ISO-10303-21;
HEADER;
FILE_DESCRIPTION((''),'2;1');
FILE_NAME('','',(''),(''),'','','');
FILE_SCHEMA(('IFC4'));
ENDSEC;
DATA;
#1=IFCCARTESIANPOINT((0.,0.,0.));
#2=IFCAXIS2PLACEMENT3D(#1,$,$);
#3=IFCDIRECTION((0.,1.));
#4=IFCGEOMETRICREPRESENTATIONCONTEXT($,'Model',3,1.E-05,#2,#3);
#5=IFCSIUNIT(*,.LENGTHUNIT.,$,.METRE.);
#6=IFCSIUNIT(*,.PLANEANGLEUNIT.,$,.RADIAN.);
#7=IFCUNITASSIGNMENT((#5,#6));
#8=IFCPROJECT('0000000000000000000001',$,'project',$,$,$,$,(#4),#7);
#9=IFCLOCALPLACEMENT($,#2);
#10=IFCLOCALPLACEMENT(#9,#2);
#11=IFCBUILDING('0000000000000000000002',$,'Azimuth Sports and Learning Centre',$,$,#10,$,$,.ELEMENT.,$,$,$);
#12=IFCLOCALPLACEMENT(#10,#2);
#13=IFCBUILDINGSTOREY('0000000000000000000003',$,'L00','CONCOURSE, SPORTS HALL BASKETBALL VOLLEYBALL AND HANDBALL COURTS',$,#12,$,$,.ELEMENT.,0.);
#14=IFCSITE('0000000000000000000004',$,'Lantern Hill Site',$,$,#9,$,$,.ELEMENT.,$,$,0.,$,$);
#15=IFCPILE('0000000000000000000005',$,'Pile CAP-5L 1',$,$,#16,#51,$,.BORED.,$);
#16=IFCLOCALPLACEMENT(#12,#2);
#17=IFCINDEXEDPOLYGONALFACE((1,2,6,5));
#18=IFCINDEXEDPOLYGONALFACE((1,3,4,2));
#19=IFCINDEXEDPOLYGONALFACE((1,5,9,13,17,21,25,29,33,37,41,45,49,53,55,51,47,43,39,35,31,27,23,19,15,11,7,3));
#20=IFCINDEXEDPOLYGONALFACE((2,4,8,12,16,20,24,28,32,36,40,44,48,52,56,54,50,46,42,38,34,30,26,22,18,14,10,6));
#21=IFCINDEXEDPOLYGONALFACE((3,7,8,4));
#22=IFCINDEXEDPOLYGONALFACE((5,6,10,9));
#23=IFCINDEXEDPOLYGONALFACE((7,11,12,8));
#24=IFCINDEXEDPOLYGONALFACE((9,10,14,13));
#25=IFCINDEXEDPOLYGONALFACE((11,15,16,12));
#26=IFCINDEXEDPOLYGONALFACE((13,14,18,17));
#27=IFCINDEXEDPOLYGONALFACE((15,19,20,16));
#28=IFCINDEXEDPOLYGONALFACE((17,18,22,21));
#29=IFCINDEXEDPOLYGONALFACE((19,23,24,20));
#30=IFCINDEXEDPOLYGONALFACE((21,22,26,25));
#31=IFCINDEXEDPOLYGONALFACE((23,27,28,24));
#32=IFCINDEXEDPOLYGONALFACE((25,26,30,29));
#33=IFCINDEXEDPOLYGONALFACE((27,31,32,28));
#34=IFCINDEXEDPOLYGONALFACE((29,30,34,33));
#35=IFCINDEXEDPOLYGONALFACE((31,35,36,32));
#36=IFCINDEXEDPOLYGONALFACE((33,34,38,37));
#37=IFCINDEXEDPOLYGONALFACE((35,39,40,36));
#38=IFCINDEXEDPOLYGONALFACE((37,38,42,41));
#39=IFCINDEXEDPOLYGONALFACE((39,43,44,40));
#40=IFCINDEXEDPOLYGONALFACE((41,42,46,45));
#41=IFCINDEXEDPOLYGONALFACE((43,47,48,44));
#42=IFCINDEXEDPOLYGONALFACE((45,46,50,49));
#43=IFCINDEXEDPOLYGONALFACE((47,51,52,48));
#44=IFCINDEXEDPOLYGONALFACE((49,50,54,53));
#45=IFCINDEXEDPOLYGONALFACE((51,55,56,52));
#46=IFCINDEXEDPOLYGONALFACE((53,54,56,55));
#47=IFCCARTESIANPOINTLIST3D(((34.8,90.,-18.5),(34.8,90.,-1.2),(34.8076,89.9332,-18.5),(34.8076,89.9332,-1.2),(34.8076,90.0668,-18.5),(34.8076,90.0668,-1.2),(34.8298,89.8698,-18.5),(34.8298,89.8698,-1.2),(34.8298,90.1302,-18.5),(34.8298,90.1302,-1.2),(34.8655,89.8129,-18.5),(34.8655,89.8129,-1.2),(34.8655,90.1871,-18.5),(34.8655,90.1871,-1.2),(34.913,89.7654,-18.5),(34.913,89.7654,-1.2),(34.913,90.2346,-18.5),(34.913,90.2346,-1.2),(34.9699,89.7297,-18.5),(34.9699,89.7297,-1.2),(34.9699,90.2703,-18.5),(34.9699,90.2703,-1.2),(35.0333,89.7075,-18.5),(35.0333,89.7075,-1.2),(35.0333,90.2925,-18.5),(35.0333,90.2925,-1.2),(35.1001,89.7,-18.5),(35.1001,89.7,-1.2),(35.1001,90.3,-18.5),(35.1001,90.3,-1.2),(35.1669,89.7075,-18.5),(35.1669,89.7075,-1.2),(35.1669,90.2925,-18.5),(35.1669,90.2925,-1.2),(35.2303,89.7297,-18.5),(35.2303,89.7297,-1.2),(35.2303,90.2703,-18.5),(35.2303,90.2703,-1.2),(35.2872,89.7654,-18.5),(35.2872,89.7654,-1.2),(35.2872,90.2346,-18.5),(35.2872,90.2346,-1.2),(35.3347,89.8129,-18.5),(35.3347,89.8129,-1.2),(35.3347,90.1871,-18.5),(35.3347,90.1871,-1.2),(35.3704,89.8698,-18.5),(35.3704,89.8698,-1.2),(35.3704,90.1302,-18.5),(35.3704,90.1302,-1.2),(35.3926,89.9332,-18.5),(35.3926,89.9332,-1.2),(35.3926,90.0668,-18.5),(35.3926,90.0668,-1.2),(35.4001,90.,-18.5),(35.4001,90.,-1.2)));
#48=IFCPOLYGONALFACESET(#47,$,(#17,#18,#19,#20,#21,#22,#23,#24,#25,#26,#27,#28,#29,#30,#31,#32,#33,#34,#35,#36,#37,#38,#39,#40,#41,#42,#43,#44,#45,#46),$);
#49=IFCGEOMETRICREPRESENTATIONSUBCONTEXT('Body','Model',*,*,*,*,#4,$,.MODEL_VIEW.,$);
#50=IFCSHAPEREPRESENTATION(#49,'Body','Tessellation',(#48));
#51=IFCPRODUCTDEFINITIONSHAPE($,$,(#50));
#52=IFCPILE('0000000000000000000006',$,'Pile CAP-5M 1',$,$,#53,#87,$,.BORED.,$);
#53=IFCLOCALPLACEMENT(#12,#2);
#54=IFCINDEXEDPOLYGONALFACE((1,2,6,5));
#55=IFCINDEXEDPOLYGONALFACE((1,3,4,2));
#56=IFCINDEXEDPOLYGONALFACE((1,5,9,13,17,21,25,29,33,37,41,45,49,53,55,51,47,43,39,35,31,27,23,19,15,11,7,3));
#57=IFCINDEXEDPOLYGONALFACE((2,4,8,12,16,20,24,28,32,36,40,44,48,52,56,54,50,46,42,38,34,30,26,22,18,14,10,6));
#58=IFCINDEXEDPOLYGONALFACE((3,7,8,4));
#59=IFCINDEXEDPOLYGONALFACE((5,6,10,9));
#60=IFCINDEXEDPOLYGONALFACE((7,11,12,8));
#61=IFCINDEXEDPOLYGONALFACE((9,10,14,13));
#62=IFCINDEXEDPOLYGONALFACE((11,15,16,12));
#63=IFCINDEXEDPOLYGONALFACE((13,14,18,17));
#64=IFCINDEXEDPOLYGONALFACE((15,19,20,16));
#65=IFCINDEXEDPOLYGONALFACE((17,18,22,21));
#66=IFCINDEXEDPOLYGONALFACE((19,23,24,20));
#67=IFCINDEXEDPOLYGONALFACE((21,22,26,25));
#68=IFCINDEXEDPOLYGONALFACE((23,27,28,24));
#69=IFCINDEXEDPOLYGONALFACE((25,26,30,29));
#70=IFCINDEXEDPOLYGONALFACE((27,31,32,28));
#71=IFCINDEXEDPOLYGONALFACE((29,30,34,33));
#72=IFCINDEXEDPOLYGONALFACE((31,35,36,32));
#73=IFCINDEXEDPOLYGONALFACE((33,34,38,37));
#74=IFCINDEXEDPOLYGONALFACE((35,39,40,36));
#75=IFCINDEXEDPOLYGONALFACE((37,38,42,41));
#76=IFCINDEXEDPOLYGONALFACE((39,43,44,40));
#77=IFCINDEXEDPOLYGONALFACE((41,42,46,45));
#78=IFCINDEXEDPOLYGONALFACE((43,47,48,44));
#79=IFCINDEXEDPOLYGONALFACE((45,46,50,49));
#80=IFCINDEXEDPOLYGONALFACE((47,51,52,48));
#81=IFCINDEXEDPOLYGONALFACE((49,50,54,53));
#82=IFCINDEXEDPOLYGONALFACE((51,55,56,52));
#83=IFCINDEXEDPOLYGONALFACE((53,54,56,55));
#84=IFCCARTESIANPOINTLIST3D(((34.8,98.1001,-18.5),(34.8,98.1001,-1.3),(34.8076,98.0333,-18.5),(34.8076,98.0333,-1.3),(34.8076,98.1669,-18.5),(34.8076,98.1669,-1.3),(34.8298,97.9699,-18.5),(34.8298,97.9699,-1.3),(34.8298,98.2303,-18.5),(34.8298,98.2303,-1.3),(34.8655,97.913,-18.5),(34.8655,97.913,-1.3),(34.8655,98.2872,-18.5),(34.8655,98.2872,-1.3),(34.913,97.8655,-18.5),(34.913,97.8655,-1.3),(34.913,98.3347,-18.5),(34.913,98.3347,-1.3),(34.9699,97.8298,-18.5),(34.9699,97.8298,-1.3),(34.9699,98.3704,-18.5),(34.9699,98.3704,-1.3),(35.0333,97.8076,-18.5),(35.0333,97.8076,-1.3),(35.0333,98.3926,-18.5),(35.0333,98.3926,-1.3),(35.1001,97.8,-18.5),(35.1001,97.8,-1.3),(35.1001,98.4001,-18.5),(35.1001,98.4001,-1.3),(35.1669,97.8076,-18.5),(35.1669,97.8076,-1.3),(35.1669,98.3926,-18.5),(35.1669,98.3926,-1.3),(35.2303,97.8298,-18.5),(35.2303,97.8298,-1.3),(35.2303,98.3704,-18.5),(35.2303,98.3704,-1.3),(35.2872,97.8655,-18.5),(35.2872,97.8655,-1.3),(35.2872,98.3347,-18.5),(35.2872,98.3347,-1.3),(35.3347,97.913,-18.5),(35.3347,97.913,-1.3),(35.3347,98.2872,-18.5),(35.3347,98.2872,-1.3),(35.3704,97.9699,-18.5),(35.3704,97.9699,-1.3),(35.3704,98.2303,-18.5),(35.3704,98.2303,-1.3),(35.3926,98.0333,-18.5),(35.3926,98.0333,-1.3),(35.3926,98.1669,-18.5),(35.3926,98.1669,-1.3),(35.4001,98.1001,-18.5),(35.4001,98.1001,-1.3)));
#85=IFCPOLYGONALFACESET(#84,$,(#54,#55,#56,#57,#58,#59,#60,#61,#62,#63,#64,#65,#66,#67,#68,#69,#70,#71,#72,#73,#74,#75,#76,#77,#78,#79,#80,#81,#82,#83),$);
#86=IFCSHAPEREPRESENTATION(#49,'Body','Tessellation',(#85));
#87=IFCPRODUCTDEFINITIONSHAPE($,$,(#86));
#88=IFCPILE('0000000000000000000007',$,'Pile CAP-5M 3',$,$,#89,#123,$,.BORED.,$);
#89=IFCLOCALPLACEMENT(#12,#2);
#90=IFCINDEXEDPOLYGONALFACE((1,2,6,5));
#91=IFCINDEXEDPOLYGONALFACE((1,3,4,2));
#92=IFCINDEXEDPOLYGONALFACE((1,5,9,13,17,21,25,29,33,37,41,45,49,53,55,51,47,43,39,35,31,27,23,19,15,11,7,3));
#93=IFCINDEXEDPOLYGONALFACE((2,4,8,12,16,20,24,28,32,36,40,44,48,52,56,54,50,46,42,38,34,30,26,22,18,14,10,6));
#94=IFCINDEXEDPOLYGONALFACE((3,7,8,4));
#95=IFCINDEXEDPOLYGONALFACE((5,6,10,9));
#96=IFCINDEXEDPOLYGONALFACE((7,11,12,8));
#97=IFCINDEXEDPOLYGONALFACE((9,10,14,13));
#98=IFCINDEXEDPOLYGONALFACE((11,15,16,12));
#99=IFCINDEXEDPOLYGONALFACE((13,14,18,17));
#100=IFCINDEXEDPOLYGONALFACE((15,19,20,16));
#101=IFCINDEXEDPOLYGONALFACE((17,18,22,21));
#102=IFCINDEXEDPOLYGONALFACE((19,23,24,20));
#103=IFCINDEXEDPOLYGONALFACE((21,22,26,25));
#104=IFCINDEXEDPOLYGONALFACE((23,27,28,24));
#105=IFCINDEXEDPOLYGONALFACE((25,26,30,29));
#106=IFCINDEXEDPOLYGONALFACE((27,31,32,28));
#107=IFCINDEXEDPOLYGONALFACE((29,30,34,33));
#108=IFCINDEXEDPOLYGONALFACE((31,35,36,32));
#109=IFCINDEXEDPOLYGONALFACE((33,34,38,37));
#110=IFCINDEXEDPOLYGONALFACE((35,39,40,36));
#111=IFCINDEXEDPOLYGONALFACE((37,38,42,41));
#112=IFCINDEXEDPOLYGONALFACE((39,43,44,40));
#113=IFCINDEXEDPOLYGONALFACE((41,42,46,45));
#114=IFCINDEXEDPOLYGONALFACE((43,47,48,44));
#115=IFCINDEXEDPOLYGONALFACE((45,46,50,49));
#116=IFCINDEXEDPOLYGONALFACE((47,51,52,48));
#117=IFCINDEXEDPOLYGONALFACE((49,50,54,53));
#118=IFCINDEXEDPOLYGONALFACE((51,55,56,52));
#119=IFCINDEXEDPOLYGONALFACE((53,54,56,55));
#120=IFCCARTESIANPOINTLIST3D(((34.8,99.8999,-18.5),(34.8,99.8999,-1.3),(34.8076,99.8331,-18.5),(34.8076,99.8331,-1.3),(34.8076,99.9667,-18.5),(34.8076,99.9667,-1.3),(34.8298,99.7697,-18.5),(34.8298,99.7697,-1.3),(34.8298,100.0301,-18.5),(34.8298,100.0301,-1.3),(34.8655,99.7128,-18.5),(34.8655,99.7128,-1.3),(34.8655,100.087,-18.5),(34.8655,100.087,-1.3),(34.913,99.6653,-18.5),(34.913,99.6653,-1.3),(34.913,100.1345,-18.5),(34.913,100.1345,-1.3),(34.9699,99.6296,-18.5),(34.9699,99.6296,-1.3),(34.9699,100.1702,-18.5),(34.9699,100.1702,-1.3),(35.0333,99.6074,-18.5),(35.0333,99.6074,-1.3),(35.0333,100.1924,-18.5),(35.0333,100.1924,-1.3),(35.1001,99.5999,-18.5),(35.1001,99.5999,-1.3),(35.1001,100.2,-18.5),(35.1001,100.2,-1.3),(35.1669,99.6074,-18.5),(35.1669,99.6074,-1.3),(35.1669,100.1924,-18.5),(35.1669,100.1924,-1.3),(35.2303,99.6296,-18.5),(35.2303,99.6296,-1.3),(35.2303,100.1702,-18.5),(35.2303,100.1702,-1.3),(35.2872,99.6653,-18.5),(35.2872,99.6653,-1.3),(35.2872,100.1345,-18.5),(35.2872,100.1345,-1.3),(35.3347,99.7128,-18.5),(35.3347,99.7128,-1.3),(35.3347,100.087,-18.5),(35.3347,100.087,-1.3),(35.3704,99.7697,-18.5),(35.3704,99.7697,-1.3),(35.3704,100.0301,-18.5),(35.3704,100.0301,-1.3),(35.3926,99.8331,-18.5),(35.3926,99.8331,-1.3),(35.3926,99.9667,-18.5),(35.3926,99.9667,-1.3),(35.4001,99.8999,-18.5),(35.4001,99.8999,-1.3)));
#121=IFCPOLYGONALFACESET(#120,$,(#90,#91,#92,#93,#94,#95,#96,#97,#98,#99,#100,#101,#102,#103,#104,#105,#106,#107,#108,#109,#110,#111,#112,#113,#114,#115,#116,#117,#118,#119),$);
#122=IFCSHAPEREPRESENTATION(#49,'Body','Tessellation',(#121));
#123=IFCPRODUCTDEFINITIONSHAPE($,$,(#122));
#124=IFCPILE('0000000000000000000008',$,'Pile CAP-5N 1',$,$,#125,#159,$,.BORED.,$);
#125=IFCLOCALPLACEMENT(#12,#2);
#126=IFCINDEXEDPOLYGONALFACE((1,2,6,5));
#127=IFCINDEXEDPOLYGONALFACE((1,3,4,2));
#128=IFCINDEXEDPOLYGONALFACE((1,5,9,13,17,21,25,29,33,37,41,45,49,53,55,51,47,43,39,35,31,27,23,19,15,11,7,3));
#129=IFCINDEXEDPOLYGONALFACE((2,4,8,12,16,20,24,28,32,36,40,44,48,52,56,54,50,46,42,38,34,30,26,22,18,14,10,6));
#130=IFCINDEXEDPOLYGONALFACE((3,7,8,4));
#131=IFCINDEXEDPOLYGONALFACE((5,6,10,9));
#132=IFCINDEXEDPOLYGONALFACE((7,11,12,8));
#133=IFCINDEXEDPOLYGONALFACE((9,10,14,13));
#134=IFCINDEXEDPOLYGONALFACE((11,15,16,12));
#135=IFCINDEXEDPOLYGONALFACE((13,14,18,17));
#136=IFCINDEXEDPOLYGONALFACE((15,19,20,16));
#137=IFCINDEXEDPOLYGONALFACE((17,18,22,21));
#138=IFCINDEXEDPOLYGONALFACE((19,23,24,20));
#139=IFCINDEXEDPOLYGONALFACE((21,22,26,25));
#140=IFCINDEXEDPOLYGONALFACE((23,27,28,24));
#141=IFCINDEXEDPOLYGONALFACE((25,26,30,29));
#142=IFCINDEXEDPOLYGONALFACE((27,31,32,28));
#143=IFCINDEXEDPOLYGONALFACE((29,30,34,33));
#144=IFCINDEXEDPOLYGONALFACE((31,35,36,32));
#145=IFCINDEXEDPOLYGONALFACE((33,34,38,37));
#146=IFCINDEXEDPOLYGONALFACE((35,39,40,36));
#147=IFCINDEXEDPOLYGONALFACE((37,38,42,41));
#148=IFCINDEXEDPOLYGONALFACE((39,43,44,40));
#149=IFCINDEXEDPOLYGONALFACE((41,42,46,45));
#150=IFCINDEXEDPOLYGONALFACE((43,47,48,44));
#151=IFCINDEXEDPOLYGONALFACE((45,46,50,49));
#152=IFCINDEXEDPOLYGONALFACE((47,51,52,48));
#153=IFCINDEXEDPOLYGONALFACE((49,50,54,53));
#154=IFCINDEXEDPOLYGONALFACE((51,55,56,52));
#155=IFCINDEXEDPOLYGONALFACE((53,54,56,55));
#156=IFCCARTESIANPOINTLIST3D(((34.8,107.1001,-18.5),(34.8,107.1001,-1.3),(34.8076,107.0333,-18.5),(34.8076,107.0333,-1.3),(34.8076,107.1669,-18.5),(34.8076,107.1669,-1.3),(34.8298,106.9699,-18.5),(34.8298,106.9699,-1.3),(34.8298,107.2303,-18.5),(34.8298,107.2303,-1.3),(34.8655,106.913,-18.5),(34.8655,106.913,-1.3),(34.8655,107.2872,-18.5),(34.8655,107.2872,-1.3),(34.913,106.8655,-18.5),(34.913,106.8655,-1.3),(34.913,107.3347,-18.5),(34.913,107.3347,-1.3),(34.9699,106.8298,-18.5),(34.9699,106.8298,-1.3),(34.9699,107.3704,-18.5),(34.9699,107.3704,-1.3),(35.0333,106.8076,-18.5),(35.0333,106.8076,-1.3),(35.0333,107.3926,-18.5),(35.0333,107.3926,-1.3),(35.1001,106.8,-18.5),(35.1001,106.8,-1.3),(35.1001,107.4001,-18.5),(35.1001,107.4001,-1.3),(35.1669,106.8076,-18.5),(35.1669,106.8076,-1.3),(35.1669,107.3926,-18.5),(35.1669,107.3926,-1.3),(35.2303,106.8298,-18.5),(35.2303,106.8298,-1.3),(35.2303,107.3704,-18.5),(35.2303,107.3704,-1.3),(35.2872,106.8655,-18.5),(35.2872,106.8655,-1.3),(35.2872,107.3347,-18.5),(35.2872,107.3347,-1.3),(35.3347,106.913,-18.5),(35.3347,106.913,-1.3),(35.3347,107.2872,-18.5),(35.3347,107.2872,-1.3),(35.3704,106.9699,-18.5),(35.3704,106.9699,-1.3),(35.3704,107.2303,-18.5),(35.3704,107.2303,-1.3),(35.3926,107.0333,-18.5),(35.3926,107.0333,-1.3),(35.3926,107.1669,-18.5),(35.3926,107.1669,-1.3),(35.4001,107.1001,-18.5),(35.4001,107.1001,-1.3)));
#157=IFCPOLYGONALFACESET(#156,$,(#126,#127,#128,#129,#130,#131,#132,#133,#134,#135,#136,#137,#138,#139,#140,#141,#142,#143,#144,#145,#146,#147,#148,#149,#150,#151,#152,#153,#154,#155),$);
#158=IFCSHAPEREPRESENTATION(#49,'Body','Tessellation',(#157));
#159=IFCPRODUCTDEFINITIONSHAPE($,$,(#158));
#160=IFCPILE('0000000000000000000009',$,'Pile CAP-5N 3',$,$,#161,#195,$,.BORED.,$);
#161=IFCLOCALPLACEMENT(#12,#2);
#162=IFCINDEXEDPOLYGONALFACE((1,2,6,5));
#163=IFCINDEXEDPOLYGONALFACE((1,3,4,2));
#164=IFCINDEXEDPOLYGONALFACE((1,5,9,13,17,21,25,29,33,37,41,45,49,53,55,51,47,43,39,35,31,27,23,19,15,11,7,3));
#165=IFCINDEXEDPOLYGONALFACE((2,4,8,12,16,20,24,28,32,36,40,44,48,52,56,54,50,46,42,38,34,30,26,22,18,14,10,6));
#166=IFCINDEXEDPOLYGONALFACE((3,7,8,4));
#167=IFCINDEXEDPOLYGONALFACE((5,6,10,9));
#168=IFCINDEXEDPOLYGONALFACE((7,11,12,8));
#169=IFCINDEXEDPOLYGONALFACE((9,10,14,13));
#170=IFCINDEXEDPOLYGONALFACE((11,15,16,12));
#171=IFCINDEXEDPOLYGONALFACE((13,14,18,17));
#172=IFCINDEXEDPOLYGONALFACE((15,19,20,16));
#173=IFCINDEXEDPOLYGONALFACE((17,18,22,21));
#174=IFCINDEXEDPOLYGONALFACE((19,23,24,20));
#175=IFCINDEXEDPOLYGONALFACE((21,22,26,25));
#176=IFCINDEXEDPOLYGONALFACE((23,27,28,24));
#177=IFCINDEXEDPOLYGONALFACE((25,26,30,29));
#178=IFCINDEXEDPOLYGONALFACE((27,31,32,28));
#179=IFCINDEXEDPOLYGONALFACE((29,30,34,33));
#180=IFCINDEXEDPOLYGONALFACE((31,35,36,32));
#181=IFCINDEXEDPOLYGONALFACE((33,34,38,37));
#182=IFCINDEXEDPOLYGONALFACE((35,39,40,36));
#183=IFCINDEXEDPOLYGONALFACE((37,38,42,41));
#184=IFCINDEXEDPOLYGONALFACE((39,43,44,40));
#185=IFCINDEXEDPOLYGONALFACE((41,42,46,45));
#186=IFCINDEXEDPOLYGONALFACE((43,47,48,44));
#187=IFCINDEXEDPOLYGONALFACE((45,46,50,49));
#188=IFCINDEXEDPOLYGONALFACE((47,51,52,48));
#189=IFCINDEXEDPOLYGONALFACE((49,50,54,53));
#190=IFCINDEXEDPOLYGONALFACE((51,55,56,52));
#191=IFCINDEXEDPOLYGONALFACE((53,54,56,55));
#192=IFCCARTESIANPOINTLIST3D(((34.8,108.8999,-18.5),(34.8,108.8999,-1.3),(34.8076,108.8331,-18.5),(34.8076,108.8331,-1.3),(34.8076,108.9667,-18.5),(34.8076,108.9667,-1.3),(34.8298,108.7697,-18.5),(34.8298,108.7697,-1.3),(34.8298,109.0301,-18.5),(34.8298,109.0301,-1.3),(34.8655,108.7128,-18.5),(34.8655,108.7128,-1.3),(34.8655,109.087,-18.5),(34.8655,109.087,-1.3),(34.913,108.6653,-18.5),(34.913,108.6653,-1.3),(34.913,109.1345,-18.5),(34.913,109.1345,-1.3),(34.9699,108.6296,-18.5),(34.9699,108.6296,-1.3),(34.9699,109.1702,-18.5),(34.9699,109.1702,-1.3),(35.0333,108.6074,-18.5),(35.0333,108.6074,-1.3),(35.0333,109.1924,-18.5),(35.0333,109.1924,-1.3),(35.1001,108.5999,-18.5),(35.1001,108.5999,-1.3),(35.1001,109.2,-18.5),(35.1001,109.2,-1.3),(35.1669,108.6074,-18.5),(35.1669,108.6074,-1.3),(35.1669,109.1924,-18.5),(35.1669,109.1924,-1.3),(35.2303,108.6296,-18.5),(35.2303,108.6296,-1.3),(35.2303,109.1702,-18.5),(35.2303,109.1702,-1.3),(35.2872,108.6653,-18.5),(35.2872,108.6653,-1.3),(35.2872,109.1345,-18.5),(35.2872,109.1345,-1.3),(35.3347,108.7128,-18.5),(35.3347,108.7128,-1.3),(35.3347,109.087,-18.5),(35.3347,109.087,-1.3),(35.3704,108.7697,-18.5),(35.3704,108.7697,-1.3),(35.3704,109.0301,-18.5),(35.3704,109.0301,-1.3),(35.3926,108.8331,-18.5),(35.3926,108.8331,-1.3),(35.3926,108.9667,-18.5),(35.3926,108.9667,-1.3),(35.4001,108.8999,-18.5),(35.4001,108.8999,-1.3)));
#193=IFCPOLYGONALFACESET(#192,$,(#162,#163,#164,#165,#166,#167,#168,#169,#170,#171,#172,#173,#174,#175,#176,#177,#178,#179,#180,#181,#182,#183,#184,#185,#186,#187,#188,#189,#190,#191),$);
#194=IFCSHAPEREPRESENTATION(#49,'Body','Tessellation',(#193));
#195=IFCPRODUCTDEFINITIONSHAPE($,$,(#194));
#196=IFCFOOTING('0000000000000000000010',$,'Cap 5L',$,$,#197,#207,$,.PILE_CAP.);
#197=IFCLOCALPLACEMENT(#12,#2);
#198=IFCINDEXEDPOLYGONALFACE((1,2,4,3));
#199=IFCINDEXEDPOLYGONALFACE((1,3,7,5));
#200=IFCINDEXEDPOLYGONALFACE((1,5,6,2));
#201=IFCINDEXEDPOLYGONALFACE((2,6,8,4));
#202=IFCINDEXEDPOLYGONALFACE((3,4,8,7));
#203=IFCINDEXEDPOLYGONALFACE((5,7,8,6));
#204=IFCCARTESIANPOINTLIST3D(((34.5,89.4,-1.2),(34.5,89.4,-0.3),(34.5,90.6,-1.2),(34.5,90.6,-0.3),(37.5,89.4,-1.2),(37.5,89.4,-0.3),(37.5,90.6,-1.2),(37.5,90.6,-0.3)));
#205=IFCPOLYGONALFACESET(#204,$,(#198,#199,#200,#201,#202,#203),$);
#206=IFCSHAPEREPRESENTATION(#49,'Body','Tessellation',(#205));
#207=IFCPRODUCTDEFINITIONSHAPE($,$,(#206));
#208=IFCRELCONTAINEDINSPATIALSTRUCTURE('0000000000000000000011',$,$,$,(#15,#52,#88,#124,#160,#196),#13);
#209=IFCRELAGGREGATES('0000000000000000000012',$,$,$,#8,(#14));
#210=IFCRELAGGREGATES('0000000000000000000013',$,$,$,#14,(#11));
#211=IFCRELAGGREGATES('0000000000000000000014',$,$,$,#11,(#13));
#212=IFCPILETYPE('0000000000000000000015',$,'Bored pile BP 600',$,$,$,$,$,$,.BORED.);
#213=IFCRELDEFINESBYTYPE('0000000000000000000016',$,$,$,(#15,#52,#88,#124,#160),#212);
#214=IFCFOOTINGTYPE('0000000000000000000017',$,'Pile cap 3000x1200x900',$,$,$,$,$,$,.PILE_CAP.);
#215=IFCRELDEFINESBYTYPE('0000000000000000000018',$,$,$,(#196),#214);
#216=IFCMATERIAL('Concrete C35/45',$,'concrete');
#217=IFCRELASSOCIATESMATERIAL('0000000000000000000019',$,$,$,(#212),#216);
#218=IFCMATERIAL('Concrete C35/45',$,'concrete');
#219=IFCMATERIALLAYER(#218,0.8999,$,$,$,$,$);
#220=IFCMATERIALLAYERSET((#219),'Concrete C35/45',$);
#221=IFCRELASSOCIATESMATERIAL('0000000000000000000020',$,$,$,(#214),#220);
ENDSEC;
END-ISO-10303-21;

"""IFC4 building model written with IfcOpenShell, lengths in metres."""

from ifc_helpers import new_model, si_unit, direction, frame, origin, origin_2d, place, context, subcontext, project, spatial, rectangle, circle, extrude, material, layer, layer_set, material_profile, profile_set, type_object, element, save


model = new_model("IFC4")

# Units and contexts
model_context = context("Model", 3, precision=1e-05, world=origin(), true_north=direction((0.0, 1.0)))
body_context = subcontext(model_context, "Body", "Model", "MODEL_VIEW")
ifc_project = project(units=[si_unit("LENGTHUNIT", "METRE"), si_unit("PLANEANGLEUNIT", "RADIAN")], contexts=[model_context])

# Site, building, storey
site_placement = place(None, origin())
site = spatial("IfcSite", under=ifc_project, at=site_placement, Name="Lantern Hill Site", CompositionType="ELEMENT", RefElevation=0.0)
building_placement = place(site_placement, origin())
building = spatial("IfcBuilding", under=site, at=building_placement, Name="Azimuth Sports and Learning Centre", CompositionType="ELEMENT")
storey_placement = place(building_placement, origin())
storey = spatial("IfcBuildingStorey", under=building, at=storey_placement, Name="L00", Description="CONCOURSE, SPORTS HALL BASKETBALL VOLLEYBALL AND HANDBALL COURTS", CompositionType="ELEMENT", Elevation=0.0)

# Piles
ifc_material_1 = material(Name="Concrete C35/45", Category="concrete")
ifc_material_profile_1 = material_profile(ifc_material_1, circle(Radius=0.3, at=origin_2d()), Name="BP 600")
ifc_profile_set_1 = profile_set([ifc_material_profile_1], Name="Concrete C35/45")
pile_type = type_object("IfcPileType", Name="Bored pile BP 600", PredefinedType="BORED", material=ifc_profile_set_1)
pile_placement = place(storey_placement, frame((35.1001, 90.0, -1.2), z_axis=(0.0, 0.0, -1.0), x_axis=(1.0, 0.0, 0.0)))
element("IfcPile", 1, at=pile_placement, inside=storey, type_object=pile_type, Name="Pile CAP-5L 1", PredefinedType="BORED", context=body_context, shape_type="SweptSolid", body=[
    extrude(circle(Radius=0.3, at=origin_2d()), origin(), (0.0, 0.0, 1.0), 17.3),
])
for number, where, z_axis, x_axis, name in (
    (2, (35.1001, 98.1001, -1.3), (0.0, 0.0, -1.0), (1.0, 0.0, 0.0), "Pile CAP-5M 1"),
    (3, (35.1001, 99.8999, -1.3), (0.0, 0.0, -1.0), (1.0, 0.0, 0.0), "Pile CAP-5M 3"),
    (4, (35.1001, 107.1001, -1.3), (0.0, 0.0, -1.0), (1.0, 0.0, 0.0), "Pile CAP-5N 1"),
    (5, (35.1001, 108.8999, -1.3), (0.0, 0.0, -1.0), (1.0, 0.0, 0.0), "Pile CAP-5N 3"),
):
    element("IfcPile", number, at=place(storey_placement, frame(where, z_axis=z_axis, x_axis=x_axis)), inside=storey, type_object=pile_type, Name=name, PredefinedType="BORED", context=body_context, shape_type="SweptSolid", body=[
        extrude(circle(Radius=0.3, at=origin_2d()), origin(), (0.0, 0.0, 1.0), 17.2),
    ])

# Footing
ifc_material_2 = material(Name="Concrete C35/45", Category="concrete")
ifc_layer_1 = layer(ifc_material_2, 0.8999)
ifc_layer_set_1 = layer_set([ifc_layer_1], Name="Concrete C35/45")
footing_type_1 = type_object("IfcFootingType", Name="Pile cap 3000x1200x900", PredefinedType="PILE_CAP", material=ifc_layer_set_1)
footing_1_placement = place(storey_placement, frame((36.0, 90.0, -1.2), z_axis=(0.0, 0.0, 1.0), x_axis=(1.0, 0.0, 0.0)))
element("IfcFooting", 6, at=footing_1_placement, inside=storey, type_object=footing_type_1, Name="Cap 5L", PredefinedType="PILE_CAP", context=body_context, shape_type="SweptSolid", body=[
    extrude(rectangle(XDim=3.0, YDim=1.2, at=origin_2d()), origin(), (0.0, 0.0, 1.0), 0.8999),
])

save(model, "model.ifc")
